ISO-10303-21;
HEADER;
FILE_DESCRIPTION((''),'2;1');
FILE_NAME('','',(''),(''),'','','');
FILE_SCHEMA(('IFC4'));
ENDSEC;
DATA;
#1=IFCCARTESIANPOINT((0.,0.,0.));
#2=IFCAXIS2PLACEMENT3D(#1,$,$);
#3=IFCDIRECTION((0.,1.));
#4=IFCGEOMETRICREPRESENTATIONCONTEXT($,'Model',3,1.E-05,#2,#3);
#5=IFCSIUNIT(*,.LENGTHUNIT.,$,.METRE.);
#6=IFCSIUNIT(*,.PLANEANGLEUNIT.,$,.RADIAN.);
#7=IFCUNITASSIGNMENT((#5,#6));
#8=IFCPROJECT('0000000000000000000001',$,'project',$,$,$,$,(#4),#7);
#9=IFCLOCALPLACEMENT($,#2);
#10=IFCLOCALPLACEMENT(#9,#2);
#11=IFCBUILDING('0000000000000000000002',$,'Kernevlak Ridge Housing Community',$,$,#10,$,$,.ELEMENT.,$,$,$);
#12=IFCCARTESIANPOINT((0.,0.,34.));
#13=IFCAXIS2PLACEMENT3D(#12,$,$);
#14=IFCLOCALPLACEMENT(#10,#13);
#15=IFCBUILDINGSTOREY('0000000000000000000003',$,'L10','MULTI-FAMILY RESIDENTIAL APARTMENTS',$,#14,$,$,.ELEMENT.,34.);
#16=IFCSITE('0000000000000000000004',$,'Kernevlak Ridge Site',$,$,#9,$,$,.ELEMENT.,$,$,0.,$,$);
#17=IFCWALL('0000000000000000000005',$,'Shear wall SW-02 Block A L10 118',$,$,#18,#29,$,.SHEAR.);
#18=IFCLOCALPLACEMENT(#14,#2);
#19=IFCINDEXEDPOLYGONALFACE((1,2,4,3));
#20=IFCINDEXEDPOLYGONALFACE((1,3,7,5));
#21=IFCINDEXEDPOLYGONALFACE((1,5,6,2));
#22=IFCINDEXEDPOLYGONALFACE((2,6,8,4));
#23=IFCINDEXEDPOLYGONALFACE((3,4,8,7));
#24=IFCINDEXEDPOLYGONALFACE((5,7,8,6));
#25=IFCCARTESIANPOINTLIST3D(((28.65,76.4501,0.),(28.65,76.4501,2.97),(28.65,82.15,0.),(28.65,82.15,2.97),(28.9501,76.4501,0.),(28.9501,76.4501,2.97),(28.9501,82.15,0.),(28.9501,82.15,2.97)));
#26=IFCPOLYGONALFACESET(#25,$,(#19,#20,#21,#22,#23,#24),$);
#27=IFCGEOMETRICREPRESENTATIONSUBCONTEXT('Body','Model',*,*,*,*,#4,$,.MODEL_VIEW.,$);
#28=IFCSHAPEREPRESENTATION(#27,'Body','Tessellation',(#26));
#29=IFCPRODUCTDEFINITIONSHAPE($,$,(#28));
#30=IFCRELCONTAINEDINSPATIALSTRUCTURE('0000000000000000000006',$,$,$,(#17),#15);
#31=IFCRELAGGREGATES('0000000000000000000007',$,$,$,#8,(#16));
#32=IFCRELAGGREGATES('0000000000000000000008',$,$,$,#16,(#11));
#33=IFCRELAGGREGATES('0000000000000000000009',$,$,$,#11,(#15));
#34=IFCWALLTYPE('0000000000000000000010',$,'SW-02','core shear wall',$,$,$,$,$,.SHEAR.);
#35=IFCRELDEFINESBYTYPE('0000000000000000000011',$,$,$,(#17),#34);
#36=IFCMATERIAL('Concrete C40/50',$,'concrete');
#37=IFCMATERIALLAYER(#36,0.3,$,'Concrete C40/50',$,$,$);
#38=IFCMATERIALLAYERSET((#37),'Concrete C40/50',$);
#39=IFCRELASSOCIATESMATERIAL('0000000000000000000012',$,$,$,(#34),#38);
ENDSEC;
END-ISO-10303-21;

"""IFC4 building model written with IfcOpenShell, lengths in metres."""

from ifc_helpers import new_model, si_unit, direction, frame, frame_2d, origin, place, context, subcontext, project, spatial, rectangle, extrude, material, layer, layer_set, type_object, element, save


model = new_model("IFC4")

# Units and contexts
model_context = context("Model", 3, precision=1e-05, world=origin(), true_north=direction((0.0, 1.0)))
body_context = subcontext(model_context, "Body", "Model", "MODEL_VIEW")
ifc_project = project(units=[si_unit("LENGTHUNIT", "METRE"), si_unit("PLANEANGLEUNIT", "RADIAN")], contexts=[model_context])

# Site, building, storey
site_placement = place(None, origin())
site = spatial("IfcSite", under=ifc_project, at=site_placement, Name="Kernevlak Ridge Site", CompositionType="ELEMENT", RefElevation=0.0)
building_placement = place(site_placement, origin())
building = spatial("IfcBuilding", under=site, at=building_placement, Name="Kernevlak Ridge Housing Community", CompositionType="ELEMENT")
storey_placement = place(building_placement, frame((0.0, 0.0, 34.0)))
storey = spatial("IfcBuildingStorey", under=building, at=storey_placement, Name="L10", Description="MULTI-FAMILY RESIDENTIAL APARTMENTS", CompositionType="ELEMENT", Elevation=34.0)

# Wall
ifc_material_1 = material(Name="Concrete C40/50", Category="concrete")
ifc_layer_1 = layer(ifc_material_1, 0.3, Name="Concrete C40/50")
ifc_layer_set_1 = layer_set([ifc_layer_1], Name="Concrete C40/50")
wall_type_1 = type_object("IfcWallType", Name="SW-02", Description="core shear wall", PredefinedType="SHEAR", material=ifc_layer_set_1)
wall_1_placement = place(storey_placement, frame((28.8, 76.45, 0.0), z_axis=(0.0, 0.0, 1.0), x_axis=(0.0, 1.0, 0.0)))
element("IfcWall", 1, at=wall_1_placement, inside=storey, type_object=wall_type_1, Name="Shear wall SW-02 Block A L10 118", PredefinedType="SHEAR", context=body_context, shape_type="SweptSolid", body=[
    extrude(rectangle(XDim=5.7, YDim=0.3, at=frame_2d((2.8501, 0.0))), origin(), (0.0, 0.0, 1.0), 2.97),
])

save(model, "model.ifc")
